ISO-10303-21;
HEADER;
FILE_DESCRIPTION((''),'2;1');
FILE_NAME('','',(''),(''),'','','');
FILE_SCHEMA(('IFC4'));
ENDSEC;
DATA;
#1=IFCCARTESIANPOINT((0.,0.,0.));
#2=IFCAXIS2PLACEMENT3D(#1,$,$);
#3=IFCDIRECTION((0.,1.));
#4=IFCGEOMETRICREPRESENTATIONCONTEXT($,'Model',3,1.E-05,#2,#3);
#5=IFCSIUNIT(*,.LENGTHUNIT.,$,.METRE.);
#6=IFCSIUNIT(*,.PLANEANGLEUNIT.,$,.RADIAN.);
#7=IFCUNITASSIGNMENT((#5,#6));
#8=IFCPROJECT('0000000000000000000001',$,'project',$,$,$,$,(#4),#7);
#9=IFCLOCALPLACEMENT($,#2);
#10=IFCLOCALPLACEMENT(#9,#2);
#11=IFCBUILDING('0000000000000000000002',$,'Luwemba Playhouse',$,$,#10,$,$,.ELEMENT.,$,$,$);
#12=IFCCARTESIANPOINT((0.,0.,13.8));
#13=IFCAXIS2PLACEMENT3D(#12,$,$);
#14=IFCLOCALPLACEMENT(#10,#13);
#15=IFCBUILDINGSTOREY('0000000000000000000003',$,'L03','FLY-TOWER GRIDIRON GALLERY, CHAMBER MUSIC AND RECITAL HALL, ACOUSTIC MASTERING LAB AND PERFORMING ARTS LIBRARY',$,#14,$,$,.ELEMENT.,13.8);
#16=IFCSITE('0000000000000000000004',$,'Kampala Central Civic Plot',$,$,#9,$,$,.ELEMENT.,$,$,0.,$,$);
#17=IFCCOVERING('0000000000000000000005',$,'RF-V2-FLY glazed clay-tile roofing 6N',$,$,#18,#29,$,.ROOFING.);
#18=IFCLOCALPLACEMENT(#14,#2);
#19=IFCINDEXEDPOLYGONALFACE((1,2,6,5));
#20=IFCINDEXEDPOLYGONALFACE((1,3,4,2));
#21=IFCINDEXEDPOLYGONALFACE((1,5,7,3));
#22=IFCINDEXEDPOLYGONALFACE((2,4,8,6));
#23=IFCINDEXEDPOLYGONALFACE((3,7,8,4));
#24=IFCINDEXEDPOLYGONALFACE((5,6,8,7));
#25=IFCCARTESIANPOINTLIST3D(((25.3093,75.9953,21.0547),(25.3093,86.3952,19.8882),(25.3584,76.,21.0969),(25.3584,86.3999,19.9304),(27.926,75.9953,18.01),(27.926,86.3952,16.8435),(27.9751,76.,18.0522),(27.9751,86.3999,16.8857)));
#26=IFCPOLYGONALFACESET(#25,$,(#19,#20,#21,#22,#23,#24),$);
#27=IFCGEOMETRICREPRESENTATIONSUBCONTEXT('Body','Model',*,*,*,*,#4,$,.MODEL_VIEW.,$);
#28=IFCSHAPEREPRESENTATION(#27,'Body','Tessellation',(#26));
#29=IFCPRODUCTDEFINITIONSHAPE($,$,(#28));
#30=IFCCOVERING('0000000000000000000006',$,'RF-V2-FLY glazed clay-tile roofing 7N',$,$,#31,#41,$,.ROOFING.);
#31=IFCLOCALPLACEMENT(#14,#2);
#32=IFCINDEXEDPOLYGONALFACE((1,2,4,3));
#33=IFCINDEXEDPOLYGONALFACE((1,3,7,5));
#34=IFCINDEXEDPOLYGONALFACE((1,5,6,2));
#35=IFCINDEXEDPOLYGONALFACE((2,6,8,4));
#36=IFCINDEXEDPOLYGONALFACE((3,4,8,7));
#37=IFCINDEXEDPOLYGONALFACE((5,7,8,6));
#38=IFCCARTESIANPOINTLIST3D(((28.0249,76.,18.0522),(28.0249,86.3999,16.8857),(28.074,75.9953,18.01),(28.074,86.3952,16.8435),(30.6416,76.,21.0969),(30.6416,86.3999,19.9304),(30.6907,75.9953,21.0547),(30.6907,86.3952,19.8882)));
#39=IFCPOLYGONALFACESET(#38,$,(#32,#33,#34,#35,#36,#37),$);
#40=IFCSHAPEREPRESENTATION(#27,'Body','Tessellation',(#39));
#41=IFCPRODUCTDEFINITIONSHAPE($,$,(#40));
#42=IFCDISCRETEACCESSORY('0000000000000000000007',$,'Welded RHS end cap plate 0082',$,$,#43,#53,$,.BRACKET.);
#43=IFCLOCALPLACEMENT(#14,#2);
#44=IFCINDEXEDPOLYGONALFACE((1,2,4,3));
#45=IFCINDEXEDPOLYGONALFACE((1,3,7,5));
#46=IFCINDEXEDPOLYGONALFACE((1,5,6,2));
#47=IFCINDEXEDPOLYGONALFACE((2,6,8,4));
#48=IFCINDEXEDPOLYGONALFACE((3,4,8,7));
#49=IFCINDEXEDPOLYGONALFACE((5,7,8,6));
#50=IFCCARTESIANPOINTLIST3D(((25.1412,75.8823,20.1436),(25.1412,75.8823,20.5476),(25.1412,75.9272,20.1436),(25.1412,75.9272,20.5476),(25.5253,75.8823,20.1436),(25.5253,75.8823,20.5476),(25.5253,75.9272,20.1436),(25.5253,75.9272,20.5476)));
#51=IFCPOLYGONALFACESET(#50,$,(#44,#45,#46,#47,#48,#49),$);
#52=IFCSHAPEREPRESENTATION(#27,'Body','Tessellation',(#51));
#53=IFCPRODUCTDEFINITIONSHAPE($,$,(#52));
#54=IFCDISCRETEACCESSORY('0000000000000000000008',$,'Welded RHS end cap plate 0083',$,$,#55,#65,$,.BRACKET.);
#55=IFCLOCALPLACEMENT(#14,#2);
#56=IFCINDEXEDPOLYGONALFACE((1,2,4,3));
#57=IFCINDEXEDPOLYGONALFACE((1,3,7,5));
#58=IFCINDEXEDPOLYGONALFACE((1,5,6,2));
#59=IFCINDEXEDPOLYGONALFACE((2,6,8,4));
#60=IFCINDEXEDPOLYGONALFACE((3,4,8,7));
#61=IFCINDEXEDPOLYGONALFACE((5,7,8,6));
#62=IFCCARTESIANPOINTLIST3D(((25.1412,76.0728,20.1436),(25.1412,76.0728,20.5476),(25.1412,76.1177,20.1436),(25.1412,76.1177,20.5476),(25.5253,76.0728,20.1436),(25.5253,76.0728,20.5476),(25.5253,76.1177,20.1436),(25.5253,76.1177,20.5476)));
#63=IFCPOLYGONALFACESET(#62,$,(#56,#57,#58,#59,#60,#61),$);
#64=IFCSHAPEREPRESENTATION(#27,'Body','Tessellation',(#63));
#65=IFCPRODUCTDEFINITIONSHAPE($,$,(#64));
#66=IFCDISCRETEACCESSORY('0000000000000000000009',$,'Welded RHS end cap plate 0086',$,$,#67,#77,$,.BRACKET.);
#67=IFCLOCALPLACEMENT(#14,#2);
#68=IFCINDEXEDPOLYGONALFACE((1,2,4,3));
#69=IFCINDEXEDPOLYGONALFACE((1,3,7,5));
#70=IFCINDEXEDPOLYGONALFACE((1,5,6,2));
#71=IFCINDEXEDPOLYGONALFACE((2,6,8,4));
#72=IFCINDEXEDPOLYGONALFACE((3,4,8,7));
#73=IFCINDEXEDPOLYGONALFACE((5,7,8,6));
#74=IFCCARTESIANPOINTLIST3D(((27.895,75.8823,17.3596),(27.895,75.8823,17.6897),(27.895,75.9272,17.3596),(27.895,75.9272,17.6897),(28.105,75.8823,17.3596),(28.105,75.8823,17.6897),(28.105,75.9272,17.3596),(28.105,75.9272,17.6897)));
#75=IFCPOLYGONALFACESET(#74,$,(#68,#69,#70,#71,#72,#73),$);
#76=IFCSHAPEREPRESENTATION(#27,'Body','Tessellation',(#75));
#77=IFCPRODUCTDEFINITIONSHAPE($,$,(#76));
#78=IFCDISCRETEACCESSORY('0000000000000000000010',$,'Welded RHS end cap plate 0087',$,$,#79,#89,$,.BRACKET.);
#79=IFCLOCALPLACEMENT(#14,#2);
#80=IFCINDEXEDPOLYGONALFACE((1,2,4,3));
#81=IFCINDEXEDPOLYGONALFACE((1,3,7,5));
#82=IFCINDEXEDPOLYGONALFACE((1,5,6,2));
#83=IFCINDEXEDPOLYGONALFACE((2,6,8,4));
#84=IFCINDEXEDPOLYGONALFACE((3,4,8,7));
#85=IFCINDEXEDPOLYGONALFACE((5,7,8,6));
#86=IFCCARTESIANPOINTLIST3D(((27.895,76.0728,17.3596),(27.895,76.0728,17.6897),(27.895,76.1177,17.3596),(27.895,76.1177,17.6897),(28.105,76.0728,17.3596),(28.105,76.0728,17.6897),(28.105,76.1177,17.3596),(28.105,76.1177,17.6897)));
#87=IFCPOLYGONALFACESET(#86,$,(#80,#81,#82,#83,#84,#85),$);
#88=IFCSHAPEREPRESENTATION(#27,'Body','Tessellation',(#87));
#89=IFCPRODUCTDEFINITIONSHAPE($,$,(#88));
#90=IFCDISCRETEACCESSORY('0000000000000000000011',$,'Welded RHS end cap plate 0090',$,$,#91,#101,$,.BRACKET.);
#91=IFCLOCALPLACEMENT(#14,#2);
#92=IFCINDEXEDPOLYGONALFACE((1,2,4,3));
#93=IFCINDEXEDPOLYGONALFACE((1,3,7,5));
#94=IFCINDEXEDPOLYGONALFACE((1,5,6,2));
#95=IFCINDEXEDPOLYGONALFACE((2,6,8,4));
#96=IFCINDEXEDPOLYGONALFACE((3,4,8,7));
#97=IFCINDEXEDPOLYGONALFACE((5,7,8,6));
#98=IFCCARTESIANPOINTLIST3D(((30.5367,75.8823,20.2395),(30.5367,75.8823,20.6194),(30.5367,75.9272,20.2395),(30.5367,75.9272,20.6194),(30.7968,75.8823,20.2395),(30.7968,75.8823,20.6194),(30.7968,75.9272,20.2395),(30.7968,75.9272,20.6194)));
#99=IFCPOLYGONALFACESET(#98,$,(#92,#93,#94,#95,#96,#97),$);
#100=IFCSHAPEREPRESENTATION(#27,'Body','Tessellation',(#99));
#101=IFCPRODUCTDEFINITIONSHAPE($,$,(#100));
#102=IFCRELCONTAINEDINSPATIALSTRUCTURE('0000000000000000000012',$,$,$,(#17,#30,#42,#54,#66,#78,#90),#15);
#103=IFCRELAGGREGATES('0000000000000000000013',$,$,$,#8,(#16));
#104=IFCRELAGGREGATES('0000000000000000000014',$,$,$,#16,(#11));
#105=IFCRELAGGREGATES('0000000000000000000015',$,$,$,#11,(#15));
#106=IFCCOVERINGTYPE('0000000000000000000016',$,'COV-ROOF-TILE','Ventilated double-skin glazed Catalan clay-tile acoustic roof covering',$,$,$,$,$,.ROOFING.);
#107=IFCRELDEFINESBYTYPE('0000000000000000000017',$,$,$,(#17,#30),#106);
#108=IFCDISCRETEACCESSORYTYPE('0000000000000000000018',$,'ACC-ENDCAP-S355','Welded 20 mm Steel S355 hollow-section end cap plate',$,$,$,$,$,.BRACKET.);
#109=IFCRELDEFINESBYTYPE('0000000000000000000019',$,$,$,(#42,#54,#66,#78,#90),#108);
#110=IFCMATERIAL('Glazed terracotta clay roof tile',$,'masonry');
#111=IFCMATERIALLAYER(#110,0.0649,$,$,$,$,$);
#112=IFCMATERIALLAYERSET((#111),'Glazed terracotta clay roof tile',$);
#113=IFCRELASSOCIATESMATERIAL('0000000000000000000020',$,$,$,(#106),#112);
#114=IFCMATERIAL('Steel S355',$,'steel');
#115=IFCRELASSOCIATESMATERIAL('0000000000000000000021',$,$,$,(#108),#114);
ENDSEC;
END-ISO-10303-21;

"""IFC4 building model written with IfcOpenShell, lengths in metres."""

from ifc_helpers import new_model, si_unit, direction, frame, origin, origin_2d, place, context, subcontext, project, spatial, polyline, rectangle, outline, extrude, material, layer, layer_set, type_object, element, save


model = new_model("IFC4")

# Units and contexts
model_context = context("Model", 3, precision=1e-05, world=origin(), true_north=direction((0.0, 1.0)))
body_context = subcontext(model_context, "Body", "Model", "MODEL_VIEW")
ifc_project = project(units=[si_unit("LENGTHUNIT", "METRE"), si_unit("PLANEANGLEUNIT", "RADIAN")], contexts=[model_context])

# Site, building, storey
site_placement = place(None, origin())
site = spatial("IfcSite", under=ifc_project, at=site_placement, Name="Kampala Central Civic Plot", CompositionType="ELEMENT", RefElevation=0.0)
building_placement = place(site_placement, origin())
building = spatial("IfcBuilding", under=site, at=building_placement, Name="Luwemba Playhouse", CompositionType="ELEMENT")
storey_placement = place(building_placement, frame((0.0, 0.0, 13.8)))
storey = spatial("IfcBuildingStorey", under=building, at=storey_placement, Name="L03", Description="FLY-TOWER GRIDIRON GALLERY, CHAMBER MUSIC AND RECITAL HALL, ACOUSTIC MASTERING LAB AND PERFORMING ARTS LIBRARY", CompositionType="ELEMENT", Elevation=13.8)

# Shared definitions
ifc_material_1 = material(Name="Steel S355", Category="steel")

# Coverings
ifc_material_2 = material(Name="Glazed terracotta clay roof tile", Category="masonry")
ifc_layer_1 = layer(ifc_material_2, 0.0649)
ifc_layer_set_1 = layer_set([ifc_layer_1], Name="Glazed terracotta clay roof tile")
covering_type = type_object("IfcCoveringType", Name="COV-ROOF-TILE", Description="Ventilated double-skin glazed Catalan clay-tile acoustic roof covering", PredefinedType="ROOFING", material=ifc_layer_set_1)
covering_1_placement = place(storey_placement, frame((25.3584, 76.0, 21.0969), z_axis=(0.756379, 0.072914, 0.650058), x_axis=(0.651792, 0.0, -0.758397)))
element("IfcCovering", 1, at=covering_1_placement, inside=storey, type_object=covering_type, Name="RF-V2-FLY glazed clay-tile roofing 6N", PredefinedType="ROOFING", context=body_context, shape_type="SweptSolid", body=[
    extrude(outline(polyline([(0.0, 0.0), (4.0146, 0.0), (4.8993, 10.4277), (0.8847, 10.4277), (0.0, 0.0)])), origin(), (0.0, 0.0, -1.0), 0.0649),
])
covering_2_placement = place(storey_placement, frame((28.0249, 76.0, 18.0522), z_axis=(-0.756379, 0.072914, 0.650058), x_axis=(0.651792, 0.0, 0.758397)))
element("IfcCovering", 2, at=covering_2_placement, inside=storey, type_object=covering_type, Name="RF-V2-FLY glazed clay-tile roofing 7N", PredefinedType="ROOFING", context=body_context, shape_type="SweptSolid", body=[
    extrude(outline(polyline([(0.0, 0.0), (4.0146, 0.0), (3.1299, 10.4277), (-0.8847, 10.4277), (0.0, 0.0)])), origin(), (0.0, 0.0, -1.0), 0.0649),
])

# Discrete accessories
discrete_accessory_type = type_object("IfcDiscreteAccessoryType", Name="ACC-ENDCAP-S355", Description="Welded 20 mm Steel S355 hollow-section end cap plate", PredefinedType="BRACKET", material=ifc_material_1)
for number, where, z_axis, x_axis, name in (
    (3, (25.3333, 75.9048, 20.1436), (0.0, 0.0, 1.0), (1.0, 0.0, 0.0), "Welded RHS end cap plate 0082"),
    (4, (25.3333, 76.0952, 20.1436), (0.0, 0.0, 1.0), (1.0, 0.0, 0.0), "Welded RHS end cap plate 0083"),
):
    element("IfcDiscreteAccessory", number, at=place(storey_placement, frame(where, z_axis=z_axis, x_axis=x_axis)), inside=storey, type_object=discrete_accessory_type, Name=name, PredefinedType="BRACKET", context=body_context, shape_type="SweptSolid", body=[
        extrude(rectangle(XDim=0.384, YDim=0.0449, at=origin_2d()), origin(), (0.0, 0.0, 1.0), 0.4041),
    ])
for number, where, z_axis, x_axis, name in (
    (5, (28.0, 75.9048, 17.3596), (0.0, 0.0, 1.0), (1.0, 0.0, 0.0), "Welded RHS end cap plate 0086"),
    (6, (28.0, 76.0952, 17.3596), (0.0, 0.0, 1.0), (1.0, 0.0, 0.0), "Welded RHS end cap plate 0087"),
):
    element("IfcDiscreteAccessory", number, at=place(storey_placement, frame(where, z_axis=z_axis, x_axis=x_axis)), inside=storey, type_object=discrete_accessory_type, Name=name, PredefinedType="BRACKET", context=body_context, shape_type="SweptSolid", body=[
        extrude(rectangle(XDim=0.21, YDim=0.0449, at=origin_2d()), origin(), (0.0, 0.0, 1.0), 0.3301),
    ])
discrete_accessory_placement = place(storey_placement, frame((30.6667, 75.9048, 20.2395), z_axis=(0.0, 0.0, 1.0), x_axis=(1.0, 0.0, 0.0)))
element("IfcDiscreteAccessory", 7, at=discrete_accessory_placement, inside=storey, type_object=discrete_accessory_type, Name="Welded RHS end cap plate 0090", PredefinedType="BRACKET", context=body_context, shape_type="SweptSolid", body=[
    extrude(rectangle(XDim=0.26, YDim=0.0449, at=origin_2d()), origin(), (0.0, 0.0, 1.0), 0.3799),
])

save(model, "model.ifc")
